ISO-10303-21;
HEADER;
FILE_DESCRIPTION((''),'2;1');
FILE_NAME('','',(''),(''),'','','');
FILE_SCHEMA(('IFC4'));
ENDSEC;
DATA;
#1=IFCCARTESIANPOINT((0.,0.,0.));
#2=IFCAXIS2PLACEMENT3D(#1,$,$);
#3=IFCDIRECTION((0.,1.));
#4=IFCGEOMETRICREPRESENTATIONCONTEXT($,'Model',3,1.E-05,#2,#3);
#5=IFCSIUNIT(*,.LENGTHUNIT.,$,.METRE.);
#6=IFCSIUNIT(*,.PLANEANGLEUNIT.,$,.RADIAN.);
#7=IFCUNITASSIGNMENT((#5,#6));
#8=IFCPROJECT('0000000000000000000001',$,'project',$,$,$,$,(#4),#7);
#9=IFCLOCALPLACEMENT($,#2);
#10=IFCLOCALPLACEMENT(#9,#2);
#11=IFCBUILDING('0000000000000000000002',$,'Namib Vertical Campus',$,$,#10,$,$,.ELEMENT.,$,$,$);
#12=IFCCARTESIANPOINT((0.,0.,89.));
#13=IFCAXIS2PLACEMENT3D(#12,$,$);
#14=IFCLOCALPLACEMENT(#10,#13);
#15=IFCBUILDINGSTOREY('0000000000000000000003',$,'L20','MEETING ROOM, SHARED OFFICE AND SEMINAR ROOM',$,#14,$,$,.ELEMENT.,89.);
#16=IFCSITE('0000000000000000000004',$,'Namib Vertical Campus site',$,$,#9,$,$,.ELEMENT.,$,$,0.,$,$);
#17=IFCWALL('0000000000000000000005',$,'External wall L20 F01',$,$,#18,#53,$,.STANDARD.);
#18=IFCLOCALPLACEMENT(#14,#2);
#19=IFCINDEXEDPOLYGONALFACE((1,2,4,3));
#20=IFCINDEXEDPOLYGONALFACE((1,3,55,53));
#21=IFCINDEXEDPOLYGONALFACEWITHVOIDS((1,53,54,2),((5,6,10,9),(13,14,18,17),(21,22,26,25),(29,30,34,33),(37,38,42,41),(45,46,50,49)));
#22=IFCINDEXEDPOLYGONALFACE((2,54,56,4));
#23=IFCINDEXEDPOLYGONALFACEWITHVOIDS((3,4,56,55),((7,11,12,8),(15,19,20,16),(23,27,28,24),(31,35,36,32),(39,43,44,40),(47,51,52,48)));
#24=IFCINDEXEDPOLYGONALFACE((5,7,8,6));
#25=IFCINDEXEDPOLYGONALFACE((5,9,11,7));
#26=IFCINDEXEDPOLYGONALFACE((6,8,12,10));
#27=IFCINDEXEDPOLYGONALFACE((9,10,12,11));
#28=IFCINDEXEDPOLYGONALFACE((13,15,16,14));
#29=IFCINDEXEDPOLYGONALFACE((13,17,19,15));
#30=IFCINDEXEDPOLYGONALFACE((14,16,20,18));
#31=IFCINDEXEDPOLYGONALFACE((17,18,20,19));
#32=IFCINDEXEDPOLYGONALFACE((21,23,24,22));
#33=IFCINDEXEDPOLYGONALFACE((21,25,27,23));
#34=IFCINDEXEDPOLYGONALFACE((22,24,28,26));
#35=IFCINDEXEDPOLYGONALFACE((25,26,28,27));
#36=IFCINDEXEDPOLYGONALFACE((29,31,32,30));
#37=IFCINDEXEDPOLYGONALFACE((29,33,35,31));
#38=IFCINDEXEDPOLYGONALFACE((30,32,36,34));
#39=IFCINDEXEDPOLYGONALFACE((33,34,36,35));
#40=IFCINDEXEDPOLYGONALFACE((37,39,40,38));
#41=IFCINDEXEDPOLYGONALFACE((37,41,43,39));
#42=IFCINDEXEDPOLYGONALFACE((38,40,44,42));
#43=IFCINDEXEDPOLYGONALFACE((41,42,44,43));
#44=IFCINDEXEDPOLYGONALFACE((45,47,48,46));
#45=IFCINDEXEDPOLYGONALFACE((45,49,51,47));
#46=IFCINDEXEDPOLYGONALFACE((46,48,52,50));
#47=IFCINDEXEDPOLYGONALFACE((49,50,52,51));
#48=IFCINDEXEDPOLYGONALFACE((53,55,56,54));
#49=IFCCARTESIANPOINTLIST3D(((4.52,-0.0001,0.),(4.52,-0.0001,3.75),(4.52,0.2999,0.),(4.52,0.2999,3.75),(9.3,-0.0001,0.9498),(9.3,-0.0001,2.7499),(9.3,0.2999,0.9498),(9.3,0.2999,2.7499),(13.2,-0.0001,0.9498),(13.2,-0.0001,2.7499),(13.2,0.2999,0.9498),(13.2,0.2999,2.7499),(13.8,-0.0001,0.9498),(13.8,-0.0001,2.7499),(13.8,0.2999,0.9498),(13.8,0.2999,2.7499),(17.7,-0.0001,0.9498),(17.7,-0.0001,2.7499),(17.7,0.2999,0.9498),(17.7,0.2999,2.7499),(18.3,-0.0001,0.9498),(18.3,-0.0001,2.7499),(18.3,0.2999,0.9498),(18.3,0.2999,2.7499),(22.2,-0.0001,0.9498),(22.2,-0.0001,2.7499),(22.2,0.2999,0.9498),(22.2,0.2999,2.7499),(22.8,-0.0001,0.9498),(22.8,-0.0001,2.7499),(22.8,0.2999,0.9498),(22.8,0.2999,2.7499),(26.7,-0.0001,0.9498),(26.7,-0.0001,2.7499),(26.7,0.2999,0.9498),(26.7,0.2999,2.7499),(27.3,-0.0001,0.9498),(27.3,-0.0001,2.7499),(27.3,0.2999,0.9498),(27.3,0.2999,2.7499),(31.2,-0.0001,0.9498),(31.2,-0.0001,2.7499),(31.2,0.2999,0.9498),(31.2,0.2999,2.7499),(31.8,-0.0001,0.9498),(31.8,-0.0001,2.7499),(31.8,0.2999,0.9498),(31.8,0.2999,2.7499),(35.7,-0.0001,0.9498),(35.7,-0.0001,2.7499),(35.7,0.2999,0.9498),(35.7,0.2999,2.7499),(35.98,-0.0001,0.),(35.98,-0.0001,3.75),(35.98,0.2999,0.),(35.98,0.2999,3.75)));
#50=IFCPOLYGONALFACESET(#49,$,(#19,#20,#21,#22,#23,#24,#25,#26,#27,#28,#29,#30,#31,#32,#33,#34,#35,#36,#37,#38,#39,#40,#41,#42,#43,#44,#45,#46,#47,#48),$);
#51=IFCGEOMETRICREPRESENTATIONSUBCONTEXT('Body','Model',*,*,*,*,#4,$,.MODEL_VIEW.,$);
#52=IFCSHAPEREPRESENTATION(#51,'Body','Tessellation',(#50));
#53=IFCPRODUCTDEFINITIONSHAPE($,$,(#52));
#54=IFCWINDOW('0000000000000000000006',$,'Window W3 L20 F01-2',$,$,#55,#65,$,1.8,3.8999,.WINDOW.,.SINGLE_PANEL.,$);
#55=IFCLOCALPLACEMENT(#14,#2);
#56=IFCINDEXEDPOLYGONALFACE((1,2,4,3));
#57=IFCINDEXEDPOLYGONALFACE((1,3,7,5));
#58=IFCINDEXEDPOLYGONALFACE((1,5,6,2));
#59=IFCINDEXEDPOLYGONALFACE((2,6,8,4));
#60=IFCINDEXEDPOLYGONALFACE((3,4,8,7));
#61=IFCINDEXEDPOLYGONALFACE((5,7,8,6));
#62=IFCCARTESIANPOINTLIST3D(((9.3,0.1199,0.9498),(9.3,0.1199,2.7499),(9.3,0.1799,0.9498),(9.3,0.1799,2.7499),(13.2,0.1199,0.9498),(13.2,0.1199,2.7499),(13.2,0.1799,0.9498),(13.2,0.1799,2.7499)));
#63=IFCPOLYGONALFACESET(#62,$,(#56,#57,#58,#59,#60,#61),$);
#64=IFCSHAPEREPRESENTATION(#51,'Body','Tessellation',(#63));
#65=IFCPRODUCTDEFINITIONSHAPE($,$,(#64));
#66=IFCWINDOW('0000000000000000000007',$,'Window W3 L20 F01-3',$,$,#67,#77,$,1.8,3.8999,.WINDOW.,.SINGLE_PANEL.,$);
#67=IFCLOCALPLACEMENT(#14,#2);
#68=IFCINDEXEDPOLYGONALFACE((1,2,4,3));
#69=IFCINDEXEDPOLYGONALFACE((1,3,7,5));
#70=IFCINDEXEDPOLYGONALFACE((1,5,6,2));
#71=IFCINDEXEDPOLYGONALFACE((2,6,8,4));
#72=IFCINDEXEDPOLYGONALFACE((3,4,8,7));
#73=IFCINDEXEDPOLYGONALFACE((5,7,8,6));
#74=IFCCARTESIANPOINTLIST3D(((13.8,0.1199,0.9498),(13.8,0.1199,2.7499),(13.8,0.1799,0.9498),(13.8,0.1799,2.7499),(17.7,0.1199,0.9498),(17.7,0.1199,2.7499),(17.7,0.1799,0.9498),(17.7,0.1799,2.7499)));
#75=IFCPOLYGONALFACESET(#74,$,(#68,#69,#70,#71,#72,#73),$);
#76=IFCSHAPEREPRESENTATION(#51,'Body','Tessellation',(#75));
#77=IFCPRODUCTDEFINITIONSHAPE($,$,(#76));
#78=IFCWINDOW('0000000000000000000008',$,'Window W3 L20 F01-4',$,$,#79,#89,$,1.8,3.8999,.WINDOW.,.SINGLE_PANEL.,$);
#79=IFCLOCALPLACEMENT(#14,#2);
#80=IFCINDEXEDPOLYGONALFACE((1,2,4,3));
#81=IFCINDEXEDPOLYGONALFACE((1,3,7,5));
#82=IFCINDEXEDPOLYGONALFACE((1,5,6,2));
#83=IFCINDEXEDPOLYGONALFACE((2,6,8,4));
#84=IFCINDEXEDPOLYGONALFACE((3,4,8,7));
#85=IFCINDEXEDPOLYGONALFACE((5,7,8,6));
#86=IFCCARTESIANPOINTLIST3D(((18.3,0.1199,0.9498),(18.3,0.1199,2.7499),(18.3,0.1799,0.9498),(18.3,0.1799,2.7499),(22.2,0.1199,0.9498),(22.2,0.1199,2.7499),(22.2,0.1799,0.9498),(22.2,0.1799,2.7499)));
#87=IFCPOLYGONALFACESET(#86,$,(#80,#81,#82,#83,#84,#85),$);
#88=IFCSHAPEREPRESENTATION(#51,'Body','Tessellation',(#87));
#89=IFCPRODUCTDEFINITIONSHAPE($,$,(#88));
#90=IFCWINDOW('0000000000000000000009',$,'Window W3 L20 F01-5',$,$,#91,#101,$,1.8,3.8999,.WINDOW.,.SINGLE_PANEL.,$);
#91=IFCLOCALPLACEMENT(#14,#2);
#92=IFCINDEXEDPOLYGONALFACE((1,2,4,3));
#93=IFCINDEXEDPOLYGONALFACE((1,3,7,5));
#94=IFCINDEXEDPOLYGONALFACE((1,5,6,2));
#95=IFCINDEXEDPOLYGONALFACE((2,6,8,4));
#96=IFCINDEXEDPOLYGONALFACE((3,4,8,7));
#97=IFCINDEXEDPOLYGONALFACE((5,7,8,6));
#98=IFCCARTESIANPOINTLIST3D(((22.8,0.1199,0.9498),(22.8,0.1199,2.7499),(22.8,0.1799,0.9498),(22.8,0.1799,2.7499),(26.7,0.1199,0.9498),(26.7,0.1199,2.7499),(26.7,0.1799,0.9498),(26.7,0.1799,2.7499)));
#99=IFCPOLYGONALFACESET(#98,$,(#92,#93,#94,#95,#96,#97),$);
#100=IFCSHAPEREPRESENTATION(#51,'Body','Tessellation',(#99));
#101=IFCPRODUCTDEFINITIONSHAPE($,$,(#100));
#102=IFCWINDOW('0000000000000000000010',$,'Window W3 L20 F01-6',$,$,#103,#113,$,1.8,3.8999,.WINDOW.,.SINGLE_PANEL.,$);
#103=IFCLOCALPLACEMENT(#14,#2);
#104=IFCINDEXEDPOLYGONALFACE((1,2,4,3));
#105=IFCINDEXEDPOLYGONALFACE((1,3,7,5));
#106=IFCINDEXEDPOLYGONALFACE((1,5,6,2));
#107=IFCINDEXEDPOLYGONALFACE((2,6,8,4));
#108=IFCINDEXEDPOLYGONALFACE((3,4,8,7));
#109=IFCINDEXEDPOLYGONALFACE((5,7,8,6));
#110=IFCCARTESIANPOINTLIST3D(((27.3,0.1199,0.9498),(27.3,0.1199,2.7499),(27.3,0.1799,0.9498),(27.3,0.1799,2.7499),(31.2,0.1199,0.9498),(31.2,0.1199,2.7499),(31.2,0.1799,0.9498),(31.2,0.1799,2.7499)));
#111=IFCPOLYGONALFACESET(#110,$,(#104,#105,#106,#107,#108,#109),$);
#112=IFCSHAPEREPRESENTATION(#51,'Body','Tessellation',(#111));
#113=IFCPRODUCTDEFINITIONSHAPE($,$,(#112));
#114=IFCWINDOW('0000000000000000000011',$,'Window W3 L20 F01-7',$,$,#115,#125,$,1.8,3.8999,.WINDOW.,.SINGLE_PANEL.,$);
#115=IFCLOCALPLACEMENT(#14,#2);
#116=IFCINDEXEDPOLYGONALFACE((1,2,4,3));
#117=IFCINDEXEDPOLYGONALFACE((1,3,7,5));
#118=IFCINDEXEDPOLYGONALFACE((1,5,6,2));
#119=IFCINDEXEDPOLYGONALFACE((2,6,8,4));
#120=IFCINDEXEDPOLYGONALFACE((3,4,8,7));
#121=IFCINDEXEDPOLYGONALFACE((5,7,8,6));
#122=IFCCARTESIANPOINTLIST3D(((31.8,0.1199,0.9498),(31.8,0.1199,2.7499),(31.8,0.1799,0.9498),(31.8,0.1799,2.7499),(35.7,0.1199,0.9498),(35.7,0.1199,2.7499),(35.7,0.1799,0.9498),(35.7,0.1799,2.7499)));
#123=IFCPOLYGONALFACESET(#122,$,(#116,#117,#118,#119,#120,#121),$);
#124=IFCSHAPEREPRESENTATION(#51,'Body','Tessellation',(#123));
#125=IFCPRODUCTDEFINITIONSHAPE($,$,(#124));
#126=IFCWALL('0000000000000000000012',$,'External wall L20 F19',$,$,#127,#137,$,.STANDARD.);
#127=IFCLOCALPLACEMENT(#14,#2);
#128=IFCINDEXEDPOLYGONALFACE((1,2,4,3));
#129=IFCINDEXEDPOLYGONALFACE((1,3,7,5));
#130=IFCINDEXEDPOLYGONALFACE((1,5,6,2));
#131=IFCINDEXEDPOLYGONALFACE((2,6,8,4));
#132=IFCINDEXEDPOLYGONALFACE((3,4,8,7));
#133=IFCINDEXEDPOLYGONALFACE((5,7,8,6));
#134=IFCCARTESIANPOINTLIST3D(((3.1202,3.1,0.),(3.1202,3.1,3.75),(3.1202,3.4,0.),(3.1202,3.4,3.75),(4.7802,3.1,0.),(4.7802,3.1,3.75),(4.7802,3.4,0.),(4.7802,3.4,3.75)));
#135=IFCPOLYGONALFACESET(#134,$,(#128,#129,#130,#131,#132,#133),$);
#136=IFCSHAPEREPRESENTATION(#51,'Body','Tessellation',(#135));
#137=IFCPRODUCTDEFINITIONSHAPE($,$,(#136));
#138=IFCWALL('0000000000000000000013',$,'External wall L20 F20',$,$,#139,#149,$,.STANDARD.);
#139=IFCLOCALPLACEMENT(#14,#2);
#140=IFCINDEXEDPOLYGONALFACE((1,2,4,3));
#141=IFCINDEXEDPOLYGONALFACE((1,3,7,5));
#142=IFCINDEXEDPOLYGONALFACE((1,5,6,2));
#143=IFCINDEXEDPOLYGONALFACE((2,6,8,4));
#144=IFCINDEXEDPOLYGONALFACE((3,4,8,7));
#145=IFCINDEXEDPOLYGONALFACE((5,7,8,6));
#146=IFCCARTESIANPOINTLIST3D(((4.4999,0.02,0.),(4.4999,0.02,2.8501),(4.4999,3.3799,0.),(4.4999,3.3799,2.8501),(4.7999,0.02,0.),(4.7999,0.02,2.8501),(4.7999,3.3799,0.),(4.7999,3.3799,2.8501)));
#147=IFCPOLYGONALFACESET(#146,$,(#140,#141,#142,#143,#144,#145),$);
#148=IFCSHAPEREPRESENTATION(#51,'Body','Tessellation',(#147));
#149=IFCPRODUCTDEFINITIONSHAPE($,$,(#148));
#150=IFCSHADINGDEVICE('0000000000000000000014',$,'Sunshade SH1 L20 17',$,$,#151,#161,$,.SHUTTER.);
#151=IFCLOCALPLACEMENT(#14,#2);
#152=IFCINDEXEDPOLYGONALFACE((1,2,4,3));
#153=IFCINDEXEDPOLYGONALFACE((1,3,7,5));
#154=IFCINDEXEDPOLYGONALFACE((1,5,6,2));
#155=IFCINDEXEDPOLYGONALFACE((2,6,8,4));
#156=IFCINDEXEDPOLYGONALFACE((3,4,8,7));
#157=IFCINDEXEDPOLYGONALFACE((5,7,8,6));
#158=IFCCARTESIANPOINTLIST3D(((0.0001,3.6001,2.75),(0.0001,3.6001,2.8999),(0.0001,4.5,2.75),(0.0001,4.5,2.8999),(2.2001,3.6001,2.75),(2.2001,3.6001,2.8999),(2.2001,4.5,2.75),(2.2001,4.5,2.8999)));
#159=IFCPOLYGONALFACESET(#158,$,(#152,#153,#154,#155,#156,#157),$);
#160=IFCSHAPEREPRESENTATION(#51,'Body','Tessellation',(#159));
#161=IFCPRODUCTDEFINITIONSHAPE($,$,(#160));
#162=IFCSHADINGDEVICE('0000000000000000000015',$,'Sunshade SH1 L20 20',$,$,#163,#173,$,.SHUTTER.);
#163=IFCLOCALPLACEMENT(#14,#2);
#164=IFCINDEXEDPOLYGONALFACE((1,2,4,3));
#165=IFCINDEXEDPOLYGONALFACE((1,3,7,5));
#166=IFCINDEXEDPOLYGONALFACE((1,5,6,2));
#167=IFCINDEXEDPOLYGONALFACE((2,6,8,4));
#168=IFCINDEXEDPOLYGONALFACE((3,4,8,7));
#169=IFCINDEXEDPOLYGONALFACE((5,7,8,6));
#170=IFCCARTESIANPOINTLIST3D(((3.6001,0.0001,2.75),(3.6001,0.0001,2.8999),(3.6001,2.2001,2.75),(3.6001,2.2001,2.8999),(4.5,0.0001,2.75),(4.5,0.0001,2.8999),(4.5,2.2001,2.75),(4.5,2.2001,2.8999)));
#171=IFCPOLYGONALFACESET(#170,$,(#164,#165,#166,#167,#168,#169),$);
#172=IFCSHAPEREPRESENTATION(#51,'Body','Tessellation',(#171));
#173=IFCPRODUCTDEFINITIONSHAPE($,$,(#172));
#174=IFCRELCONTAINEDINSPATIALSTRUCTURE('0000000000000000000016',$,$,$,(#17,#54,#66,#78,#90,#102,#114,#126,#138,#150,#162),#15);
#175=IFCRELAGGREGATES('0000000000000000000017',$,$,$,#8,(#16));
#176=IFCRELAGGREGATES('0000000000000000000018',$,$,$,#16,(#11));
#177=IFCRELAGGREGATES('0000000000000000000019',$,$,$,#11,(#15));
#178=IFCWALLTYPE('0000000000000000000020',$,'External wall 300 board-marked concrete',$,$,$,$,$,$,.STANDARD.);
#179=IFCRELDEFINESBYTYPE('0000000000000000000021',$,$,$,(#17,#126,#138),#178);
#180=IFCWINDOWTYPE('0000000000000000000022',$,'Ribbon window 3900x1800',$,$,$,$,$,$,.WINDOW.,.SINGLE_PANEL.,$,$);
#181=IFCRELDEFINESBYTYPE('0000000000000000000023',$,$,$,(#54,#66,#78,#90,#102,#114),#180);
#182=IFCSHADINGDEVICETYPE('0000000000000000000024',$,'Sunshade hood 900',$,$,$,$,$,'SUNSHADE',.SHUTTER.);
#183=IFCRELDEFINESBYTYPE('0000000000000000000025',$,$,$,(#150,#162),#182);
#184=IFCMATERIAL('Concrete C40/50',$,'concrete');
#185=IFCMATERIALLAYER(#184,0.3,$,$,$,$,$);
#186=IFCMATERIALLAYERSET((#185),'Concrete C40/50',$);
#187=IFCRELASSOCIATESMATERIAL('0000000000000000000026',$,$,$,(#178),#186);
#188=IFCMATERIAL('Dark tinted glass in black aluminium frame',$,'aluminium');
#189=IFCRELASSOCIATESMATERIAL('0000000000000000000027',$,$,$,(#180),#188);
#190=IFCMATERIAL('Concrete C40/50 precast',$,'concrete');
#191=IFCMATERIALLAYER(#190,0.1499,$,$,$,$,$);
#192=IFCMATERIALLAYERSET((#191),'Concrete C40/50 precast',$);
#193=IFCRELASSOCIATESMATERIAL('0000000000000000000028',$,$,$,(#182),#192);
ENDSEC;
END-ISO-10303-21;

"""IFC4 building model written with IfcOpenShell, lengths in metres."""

from ifc_helpers import new_model, si_unit, direction, frame, frame_2d, origin, origin_2d, place, context, subcontext, project, spatial, rectangle, extrude, material, layer, layer_set, type_object, element, fill, save


model = new_model("IFC4")

# Units and contexts
model_context = context("Model", 3, precision=1e-05, world=origin(), true_north=direction((0.0, 1.0)))
body_context = subcontext(model_context, "Body", "Model", "MODEL_VIEW")
ifc_project = project(units=[si_unit("LENGTHUNIT", "METRE"), si_unit("PLANEANGLEUNIT", "RADIAN")], contexts=[model_context])

# Site, building, storey
site_placement = place(None, origin())
site = spatial("IfcSite", under=ifc_project, at=site_placement, Name="Namib Vertical Campus site", CompositionType="ELEMENT", RefElevation=0.0)
building_placement = place(site_placement, origin())
building = spatial("IfcBuilding", under=site, at=building_placement, Name="Namib Vertical Campus", CompositionType="ELEMENT")
storey_placement = place(building_placement, frame((0.0, 0.0, 89.0)))
storey = spatial("IfcBuildingStorey", under=building, at=storey_placement, Name="L20", Description="MEETING ROOM, SHARED OFFICE AND SEMINAR ROOM", CompositionType="ELEMENT", Elevation=89.0)

# Wall, openings, windows
ifc_material_1 = material(Name="Concrete C40/50", Category="concrete")
ifc_layer_1 = layer(ifc_material_1, 0.3)
ifc_layer_set_1 = layer_set([ifc_layer_1], Name="Concrete C40/50")
wall_type = type_object("IfcWallType", Name="External wall 300 board-marked concrete", PredefinedType="STANDARD", material=ifc_layer_set_1)
wall_1_placement = place(storey_placement, frame((4.52, 0.1499, 0.0), z_axis=(0.0, 0.0, 1.0), x_axis=(1.0, 0.0, 0.0)))
wall_1 = element("IfcWall", 1, at=wall_1_placement, inside=storey, type_object=wall_type, Name="External wall L20 F01", PredefinedType="STANDARD", context=body_context, shape_type="SweptSolid", body=[
    extrude(rectangle(XDim=31.46, YDim=0.3, at=frame_2d((15.73, 0.0))), origin(), (0.0, 0.0, 1.0), 3.75),
])
opening_1_placement = place(wall_1_placement, frame((4.78, 0.0, 0.95)))
opening_1 = element("IfcOpeningElement", 2, at=opening_1_placement, cuts=wall_1, PredefinedType="OPENING", context=body_context, shape_type="SweptSolid", body=[
    extrude(rectangle(XDim=3.8999, YDim=1.8, at=frame_2d((1.95, 0.8999))), frame((0.0, 0.1599, 0.0), z_axis=(0.0, -1.0, 0.0), x_axis=(1.0, 0.0, 0.0)), (0.0, 0.0, 1.0), 0.3201),
])
opening_2_placement = place(wall_1_placement, frame((9.28, 0.0, 0.95)))
opening_2 = element("IfcOpeningElement", 3, at=opening_2_placement, cuts=wall_1, PredefinedType="OPENING", context=body_context, shape_type="SweptSolid", body=[
    extrude(rectangle(XDim=3.8999, YDim=1.8, at=frame_2d((1.95, 0.8999))), frame((0.0, 0.1599, 0.0), z_axis=(0.0, -1.0, 0.0), x_axis=(1.0, 0.0, 0.0)), (0.0, 0.0, 1.0), 0.3201),
])
opening_3_placement = place(wall_1_placement, frame((13.78, 0.0, 0.95)))
opening_3 = element("IfcOpeningElement", 4, at=opening_3_placement, cuts=wall_1, PredefinedType="OPENING", context=body_context, shape_type="SweptSolid", body=[
    extrude(rectangle(XDim=3.8999, YDim=1.8, at=frame_2d((1.95, 0.8999))), frame((0.0, 0.1599, 0.0), z_axis=(0.0, -1.0, 0.0), x_axis=(1.0, 0.0, 0.0)), (0.0, 0.0, 1.0), 0.3201),
])
opening_4_placement = place(wall_1_placement, frame((18.28, 0.0, 0.95)))
opening_4 = element("IfcOpeningElement", 5, at=opening_4_placement, cuts=wall_1, PredefinedType="OPENING", context=body_context, shape_type="SweptSolid", body=[
    extrude(rectangle(XDim=3.8999, YDim=1.8, at=frame_2d((1.95, 0.8999))), frame((0.0, 0.1599, 0.0), z_axis=(0.0, -1.0, 0.0), x_axis=(1.0, 0.0, 0.0)), (0.0, 0.0, 1.0), 0.3201),
])
opening_5_placement = place(wall_1_placement, frame((22.78, 0.0, 0.95)))
opening_5 = element("IfcOpeningElement", 6, at=opening_5_placement, cuts=wall_1, PredefinedType="OPENING", context=body_context, shape_type="SweptSolid", body=[
    extrude(rectangle(XDim=3.8999, YDim=1.8, at=frame_2d((1.95, 0.8999))), frame((0.0, 0.1599, 0.0), z_axis=(0.0, -1.0, 0.0), x_axis=(1.0, 0.0, 0.0)), (0.0, 0.0, 1.0), 0.3201),
])
opening_6_placement = place(wall_1_placement, frame((27.28, 0.0, 0.95)))
opening_6 = element("IfcOpeningElement", 7, at=opening_6_placement, cuts=wall_1, PredefinedType="OPENING", context=body_context, shape_type="SweptSolid", body=[
    extrude(rectangle(XDim=3.8999, YDim=1.8, at=frame_2d((1.95, 0.8999))), frame((0.0, 0.1599, 0.0), z_axis=(0.0, -1.0, 0.0), x_axis=(1.0, 0.0, 0.0)), (0.0, 0.0, 1.0), 0.3201),
])
ifc_material_2 = material(Name="Dark tinted glass in black aluminium frame", Category="aluminium")
window_type = type_object("IfcWindowType", Name="Ribbon window 3900x1800", PartitioningType="SINGLE_PANEL", PredefinedType="WINDOW", material=ifc_material_2)
window_1_placement = place(opening_1_placement, origin())
window_1 = element("IfcWindow", 8, at=window_1_placement, inside=storey, type_object=window_type, Name="Window W3 L20 F01-2", OverallHeight=1.8, OverallWidth=3.8999, PartitioningType="SINGLE_PANEL", PredefinedType="WINDOW", context=body_context, shape_type="SweptSolid", body=[
    extrude(rectangle(XDim=3.8999, YDim=1.8, at=frame_2d((1.95, 0.8999))), frame((0.0, 0.03, 0.0), z_axis=(0.0, -1.0, 0.0), x_axis=(1.0, 0.0, 0.0)), (0.0, 0.0, 1.0), 0.0601),
])
fill(opening_1, window_1)
window_2_placement = place(opening_2_placement, origin())
window_2 = element("IfcWindow", 9, at=window_2_placement, inside=storey, type_object=window_type, Name="Window W3 L20 F01-3", OverallHeight=1.8, OverallWidth=3.8999, PartitioningType="SINGLE_PANEL", PredefinedType="WINDOW", context=body_context, shape_type="SweptSolid", body=[
    extrude(rectangle(XDim=3.8999, YDim=1.8, at=frame_2d((1.95, 0.8999))), frame((0.0, 0.03, 0.0), z_axis=(0.0, -1.0, 0.0), x_axis=(1.0, 0.0, 0.0)), (0.0, 0.0, 1.0), 0.0601),
])
fill(opening_2, window_2)
window_3_placement = place(opening_3_placement, origin())
window_3 = element("IfcWindow", 10, at=window_3_placement, inside=storey, type_object=window_type, Name="Window W3 L20 F01-4", OverallHeight=1.8, OverallWidth=3.8999, PartitioningType="SINGLE_PANEL", PredefinedType="WINDOW", context=body_context, shape_type="SweptSolid", body=[
    extrude(rectangle(XDim=3.8999, YDim=1.8, at=frame_2d((1.95, 0.8999))), frame((0.0, 0.03, 0.0), z_axis=(0.0, -1.0, 0.0), x_axis=(1.0, 0.0, 0.0)), (0.0, 0.0, 1.0), 0.0601),
])
fill(opening_3, window_3)
window_4_placement = place(opening_4_placement, origin())
window_4 = element("IfcWindow", 11, at=window_4_placement, inside=storey, type_object=window_type, Name="Window W3 L20 F01-5", OverallHeight=1.8, OverallWidth=3.8999, PartitioningType="SINGLE_PANEL", PredefinedType="WINDOW", context=body_context, shape_type="SweptSolid", body=[
    extrude(rectangle(XDim=3.8999, YDim=1.8, at=frame_2d((1.95, 0.8999))), frame((0.0, 0.03, 0.0), z_axis=(0.0, -1.0, 0.0), x_axis=(1.0, 0.0, 0.0)), (0.0, 0.0, 1.0), 0.0601),
])
fill(opening_4, window_4)
window_5_placement = place(opening_5_placement, origin())
window_5 = element("IfcWindow", 12, at=window_5_placement, inside=storey, type_object=window_type, Name="Window W3 L20 F01-6", OverallHeight=1.8, OverallWidth=3.8999, PartitioningType="SINGLE_PANEL", PredefinedType="WINDOW", context=body_context, shape_type="SweptSolid", body=[
    extrude(rectangle(XDim=3.8999, YDim=1.8, at=frame_2d((1.95, 0.8999))), frame((0.0, 0.03, 0.0), z_axis=(0.0, -1.0, 0.0), x_axis=(1.0, 0.0, 0.0)), (0.0, 0.0, 1.0), 0.0601),
])
fill(opening_5, window_5)
window_6_placement = place(opening_6_placement, origin())
window_6 = element("IfcWindow", 13, at=window_6_placement, inside=storey, type_object=window_type, Name="Window W3 L20 F01-7", OverallHeight=1.8, OverallWidth=3.8999, PartitioningType="SINGLE_PANEL", PredefinedType="WINDOW", context=body_context, shape_type="SweptSolid", body=[
    extrude(rectangle(XDim=3.8999, YDim=1.8, at=frame_2d((1.95, 0.8999))), frame((0.0, 0.03, 0.0), z_axis=(0.0, -1.0, 0.0), x_axis=(1.0, 0.0, 0.0)), (0.0, 0.0, 1.0), 0.0601),
])
fill(opening_6, window_6)

# Walls
wall_2_placement = place(storey_placement, frame((3.1201, 3.25, 0.0), z_axis=(0.0, 0.0, 1.0), x_axis=(1.0, 0.0, 0.0)))
element("IfcWall", 14, at=wall_2_placement, inside=storey, type_object=wall_type, Name="External wall L20 F19", PredefinedType="STANDARD", context=body_context, shape_type="SweptSolid", body=[
    extrude(rectangle(XDim=1.6599, YDim=0.3, at=frame_2d((0.8301, 0.0))), origin(), (0.0, 0.0, 1.0), 3.75),
])
wall_3_placement = place(storey_placement, frame((4.6499, 3.3799, 0.0), z_axis=(0.0, 0.0, 1.0), x_axis=(0.0, -1.0, 0.0)))
element("IfcWall", 15, at=wall_3_placement, inside=storey, type_object=wall_type, Name="External wall L20 F20", PredefinedType="STANDARD", context=body_context, shape_type="SweptSolid", body=[
    extrude(rectangle(XDim=3.3599, YDim=0.3, at=frame_2d((1.6799, 0.0))), origin(), (0.0, 0.0, 1.0), 2.8501),
])

# Shading devices
ifc_material_3 = material(Name="Concrete C40/50 precast", Category="concrete")
ifc_layer_2 = layer(ifc_material_3, 0.1499)
ifc_layer_set_2 = layer_set([ifc_layer_2], Name="Concrete C40/50 precast")
shading_device_type = type_object("IfcShadingDeviceType", Name="Sunshade hood 900", ElementType="SUNSHADE", PredefinedType="SHUTTER", material=ifc_layer_set_2)
for number, where, z_axis, x_axis, name in (
    (16, (1.1001, 4.05, 2.75), (0.0, 0.0, 1.0), (1.0, 0.0, 0.0), "Sunshade SH1 L20 17"),
    (17, (4.05, 1.1001, 2.75), (0.0, 0.0, 1.0), (0.0, -1.0, 0.0), "Sunshade SH1 L20 20"),
):
    element("IfcShadingDevice", number, at=place(storey_placement, frame(where, z_axis=z_axis, x_axis=x_axis)), inside=storey, type_object=shading_device_type, Name=name, PredefinedType="SHUTTER", context=body_context, shape_type="SweptSolid", body=[
        extrude(rectangle(XDim=2.2, YDim=0.8999, at=origin_2d()), origin(), (0.0, 0.0, 1.0), 0.1499),
    ])

save(model, "model.ifc")
